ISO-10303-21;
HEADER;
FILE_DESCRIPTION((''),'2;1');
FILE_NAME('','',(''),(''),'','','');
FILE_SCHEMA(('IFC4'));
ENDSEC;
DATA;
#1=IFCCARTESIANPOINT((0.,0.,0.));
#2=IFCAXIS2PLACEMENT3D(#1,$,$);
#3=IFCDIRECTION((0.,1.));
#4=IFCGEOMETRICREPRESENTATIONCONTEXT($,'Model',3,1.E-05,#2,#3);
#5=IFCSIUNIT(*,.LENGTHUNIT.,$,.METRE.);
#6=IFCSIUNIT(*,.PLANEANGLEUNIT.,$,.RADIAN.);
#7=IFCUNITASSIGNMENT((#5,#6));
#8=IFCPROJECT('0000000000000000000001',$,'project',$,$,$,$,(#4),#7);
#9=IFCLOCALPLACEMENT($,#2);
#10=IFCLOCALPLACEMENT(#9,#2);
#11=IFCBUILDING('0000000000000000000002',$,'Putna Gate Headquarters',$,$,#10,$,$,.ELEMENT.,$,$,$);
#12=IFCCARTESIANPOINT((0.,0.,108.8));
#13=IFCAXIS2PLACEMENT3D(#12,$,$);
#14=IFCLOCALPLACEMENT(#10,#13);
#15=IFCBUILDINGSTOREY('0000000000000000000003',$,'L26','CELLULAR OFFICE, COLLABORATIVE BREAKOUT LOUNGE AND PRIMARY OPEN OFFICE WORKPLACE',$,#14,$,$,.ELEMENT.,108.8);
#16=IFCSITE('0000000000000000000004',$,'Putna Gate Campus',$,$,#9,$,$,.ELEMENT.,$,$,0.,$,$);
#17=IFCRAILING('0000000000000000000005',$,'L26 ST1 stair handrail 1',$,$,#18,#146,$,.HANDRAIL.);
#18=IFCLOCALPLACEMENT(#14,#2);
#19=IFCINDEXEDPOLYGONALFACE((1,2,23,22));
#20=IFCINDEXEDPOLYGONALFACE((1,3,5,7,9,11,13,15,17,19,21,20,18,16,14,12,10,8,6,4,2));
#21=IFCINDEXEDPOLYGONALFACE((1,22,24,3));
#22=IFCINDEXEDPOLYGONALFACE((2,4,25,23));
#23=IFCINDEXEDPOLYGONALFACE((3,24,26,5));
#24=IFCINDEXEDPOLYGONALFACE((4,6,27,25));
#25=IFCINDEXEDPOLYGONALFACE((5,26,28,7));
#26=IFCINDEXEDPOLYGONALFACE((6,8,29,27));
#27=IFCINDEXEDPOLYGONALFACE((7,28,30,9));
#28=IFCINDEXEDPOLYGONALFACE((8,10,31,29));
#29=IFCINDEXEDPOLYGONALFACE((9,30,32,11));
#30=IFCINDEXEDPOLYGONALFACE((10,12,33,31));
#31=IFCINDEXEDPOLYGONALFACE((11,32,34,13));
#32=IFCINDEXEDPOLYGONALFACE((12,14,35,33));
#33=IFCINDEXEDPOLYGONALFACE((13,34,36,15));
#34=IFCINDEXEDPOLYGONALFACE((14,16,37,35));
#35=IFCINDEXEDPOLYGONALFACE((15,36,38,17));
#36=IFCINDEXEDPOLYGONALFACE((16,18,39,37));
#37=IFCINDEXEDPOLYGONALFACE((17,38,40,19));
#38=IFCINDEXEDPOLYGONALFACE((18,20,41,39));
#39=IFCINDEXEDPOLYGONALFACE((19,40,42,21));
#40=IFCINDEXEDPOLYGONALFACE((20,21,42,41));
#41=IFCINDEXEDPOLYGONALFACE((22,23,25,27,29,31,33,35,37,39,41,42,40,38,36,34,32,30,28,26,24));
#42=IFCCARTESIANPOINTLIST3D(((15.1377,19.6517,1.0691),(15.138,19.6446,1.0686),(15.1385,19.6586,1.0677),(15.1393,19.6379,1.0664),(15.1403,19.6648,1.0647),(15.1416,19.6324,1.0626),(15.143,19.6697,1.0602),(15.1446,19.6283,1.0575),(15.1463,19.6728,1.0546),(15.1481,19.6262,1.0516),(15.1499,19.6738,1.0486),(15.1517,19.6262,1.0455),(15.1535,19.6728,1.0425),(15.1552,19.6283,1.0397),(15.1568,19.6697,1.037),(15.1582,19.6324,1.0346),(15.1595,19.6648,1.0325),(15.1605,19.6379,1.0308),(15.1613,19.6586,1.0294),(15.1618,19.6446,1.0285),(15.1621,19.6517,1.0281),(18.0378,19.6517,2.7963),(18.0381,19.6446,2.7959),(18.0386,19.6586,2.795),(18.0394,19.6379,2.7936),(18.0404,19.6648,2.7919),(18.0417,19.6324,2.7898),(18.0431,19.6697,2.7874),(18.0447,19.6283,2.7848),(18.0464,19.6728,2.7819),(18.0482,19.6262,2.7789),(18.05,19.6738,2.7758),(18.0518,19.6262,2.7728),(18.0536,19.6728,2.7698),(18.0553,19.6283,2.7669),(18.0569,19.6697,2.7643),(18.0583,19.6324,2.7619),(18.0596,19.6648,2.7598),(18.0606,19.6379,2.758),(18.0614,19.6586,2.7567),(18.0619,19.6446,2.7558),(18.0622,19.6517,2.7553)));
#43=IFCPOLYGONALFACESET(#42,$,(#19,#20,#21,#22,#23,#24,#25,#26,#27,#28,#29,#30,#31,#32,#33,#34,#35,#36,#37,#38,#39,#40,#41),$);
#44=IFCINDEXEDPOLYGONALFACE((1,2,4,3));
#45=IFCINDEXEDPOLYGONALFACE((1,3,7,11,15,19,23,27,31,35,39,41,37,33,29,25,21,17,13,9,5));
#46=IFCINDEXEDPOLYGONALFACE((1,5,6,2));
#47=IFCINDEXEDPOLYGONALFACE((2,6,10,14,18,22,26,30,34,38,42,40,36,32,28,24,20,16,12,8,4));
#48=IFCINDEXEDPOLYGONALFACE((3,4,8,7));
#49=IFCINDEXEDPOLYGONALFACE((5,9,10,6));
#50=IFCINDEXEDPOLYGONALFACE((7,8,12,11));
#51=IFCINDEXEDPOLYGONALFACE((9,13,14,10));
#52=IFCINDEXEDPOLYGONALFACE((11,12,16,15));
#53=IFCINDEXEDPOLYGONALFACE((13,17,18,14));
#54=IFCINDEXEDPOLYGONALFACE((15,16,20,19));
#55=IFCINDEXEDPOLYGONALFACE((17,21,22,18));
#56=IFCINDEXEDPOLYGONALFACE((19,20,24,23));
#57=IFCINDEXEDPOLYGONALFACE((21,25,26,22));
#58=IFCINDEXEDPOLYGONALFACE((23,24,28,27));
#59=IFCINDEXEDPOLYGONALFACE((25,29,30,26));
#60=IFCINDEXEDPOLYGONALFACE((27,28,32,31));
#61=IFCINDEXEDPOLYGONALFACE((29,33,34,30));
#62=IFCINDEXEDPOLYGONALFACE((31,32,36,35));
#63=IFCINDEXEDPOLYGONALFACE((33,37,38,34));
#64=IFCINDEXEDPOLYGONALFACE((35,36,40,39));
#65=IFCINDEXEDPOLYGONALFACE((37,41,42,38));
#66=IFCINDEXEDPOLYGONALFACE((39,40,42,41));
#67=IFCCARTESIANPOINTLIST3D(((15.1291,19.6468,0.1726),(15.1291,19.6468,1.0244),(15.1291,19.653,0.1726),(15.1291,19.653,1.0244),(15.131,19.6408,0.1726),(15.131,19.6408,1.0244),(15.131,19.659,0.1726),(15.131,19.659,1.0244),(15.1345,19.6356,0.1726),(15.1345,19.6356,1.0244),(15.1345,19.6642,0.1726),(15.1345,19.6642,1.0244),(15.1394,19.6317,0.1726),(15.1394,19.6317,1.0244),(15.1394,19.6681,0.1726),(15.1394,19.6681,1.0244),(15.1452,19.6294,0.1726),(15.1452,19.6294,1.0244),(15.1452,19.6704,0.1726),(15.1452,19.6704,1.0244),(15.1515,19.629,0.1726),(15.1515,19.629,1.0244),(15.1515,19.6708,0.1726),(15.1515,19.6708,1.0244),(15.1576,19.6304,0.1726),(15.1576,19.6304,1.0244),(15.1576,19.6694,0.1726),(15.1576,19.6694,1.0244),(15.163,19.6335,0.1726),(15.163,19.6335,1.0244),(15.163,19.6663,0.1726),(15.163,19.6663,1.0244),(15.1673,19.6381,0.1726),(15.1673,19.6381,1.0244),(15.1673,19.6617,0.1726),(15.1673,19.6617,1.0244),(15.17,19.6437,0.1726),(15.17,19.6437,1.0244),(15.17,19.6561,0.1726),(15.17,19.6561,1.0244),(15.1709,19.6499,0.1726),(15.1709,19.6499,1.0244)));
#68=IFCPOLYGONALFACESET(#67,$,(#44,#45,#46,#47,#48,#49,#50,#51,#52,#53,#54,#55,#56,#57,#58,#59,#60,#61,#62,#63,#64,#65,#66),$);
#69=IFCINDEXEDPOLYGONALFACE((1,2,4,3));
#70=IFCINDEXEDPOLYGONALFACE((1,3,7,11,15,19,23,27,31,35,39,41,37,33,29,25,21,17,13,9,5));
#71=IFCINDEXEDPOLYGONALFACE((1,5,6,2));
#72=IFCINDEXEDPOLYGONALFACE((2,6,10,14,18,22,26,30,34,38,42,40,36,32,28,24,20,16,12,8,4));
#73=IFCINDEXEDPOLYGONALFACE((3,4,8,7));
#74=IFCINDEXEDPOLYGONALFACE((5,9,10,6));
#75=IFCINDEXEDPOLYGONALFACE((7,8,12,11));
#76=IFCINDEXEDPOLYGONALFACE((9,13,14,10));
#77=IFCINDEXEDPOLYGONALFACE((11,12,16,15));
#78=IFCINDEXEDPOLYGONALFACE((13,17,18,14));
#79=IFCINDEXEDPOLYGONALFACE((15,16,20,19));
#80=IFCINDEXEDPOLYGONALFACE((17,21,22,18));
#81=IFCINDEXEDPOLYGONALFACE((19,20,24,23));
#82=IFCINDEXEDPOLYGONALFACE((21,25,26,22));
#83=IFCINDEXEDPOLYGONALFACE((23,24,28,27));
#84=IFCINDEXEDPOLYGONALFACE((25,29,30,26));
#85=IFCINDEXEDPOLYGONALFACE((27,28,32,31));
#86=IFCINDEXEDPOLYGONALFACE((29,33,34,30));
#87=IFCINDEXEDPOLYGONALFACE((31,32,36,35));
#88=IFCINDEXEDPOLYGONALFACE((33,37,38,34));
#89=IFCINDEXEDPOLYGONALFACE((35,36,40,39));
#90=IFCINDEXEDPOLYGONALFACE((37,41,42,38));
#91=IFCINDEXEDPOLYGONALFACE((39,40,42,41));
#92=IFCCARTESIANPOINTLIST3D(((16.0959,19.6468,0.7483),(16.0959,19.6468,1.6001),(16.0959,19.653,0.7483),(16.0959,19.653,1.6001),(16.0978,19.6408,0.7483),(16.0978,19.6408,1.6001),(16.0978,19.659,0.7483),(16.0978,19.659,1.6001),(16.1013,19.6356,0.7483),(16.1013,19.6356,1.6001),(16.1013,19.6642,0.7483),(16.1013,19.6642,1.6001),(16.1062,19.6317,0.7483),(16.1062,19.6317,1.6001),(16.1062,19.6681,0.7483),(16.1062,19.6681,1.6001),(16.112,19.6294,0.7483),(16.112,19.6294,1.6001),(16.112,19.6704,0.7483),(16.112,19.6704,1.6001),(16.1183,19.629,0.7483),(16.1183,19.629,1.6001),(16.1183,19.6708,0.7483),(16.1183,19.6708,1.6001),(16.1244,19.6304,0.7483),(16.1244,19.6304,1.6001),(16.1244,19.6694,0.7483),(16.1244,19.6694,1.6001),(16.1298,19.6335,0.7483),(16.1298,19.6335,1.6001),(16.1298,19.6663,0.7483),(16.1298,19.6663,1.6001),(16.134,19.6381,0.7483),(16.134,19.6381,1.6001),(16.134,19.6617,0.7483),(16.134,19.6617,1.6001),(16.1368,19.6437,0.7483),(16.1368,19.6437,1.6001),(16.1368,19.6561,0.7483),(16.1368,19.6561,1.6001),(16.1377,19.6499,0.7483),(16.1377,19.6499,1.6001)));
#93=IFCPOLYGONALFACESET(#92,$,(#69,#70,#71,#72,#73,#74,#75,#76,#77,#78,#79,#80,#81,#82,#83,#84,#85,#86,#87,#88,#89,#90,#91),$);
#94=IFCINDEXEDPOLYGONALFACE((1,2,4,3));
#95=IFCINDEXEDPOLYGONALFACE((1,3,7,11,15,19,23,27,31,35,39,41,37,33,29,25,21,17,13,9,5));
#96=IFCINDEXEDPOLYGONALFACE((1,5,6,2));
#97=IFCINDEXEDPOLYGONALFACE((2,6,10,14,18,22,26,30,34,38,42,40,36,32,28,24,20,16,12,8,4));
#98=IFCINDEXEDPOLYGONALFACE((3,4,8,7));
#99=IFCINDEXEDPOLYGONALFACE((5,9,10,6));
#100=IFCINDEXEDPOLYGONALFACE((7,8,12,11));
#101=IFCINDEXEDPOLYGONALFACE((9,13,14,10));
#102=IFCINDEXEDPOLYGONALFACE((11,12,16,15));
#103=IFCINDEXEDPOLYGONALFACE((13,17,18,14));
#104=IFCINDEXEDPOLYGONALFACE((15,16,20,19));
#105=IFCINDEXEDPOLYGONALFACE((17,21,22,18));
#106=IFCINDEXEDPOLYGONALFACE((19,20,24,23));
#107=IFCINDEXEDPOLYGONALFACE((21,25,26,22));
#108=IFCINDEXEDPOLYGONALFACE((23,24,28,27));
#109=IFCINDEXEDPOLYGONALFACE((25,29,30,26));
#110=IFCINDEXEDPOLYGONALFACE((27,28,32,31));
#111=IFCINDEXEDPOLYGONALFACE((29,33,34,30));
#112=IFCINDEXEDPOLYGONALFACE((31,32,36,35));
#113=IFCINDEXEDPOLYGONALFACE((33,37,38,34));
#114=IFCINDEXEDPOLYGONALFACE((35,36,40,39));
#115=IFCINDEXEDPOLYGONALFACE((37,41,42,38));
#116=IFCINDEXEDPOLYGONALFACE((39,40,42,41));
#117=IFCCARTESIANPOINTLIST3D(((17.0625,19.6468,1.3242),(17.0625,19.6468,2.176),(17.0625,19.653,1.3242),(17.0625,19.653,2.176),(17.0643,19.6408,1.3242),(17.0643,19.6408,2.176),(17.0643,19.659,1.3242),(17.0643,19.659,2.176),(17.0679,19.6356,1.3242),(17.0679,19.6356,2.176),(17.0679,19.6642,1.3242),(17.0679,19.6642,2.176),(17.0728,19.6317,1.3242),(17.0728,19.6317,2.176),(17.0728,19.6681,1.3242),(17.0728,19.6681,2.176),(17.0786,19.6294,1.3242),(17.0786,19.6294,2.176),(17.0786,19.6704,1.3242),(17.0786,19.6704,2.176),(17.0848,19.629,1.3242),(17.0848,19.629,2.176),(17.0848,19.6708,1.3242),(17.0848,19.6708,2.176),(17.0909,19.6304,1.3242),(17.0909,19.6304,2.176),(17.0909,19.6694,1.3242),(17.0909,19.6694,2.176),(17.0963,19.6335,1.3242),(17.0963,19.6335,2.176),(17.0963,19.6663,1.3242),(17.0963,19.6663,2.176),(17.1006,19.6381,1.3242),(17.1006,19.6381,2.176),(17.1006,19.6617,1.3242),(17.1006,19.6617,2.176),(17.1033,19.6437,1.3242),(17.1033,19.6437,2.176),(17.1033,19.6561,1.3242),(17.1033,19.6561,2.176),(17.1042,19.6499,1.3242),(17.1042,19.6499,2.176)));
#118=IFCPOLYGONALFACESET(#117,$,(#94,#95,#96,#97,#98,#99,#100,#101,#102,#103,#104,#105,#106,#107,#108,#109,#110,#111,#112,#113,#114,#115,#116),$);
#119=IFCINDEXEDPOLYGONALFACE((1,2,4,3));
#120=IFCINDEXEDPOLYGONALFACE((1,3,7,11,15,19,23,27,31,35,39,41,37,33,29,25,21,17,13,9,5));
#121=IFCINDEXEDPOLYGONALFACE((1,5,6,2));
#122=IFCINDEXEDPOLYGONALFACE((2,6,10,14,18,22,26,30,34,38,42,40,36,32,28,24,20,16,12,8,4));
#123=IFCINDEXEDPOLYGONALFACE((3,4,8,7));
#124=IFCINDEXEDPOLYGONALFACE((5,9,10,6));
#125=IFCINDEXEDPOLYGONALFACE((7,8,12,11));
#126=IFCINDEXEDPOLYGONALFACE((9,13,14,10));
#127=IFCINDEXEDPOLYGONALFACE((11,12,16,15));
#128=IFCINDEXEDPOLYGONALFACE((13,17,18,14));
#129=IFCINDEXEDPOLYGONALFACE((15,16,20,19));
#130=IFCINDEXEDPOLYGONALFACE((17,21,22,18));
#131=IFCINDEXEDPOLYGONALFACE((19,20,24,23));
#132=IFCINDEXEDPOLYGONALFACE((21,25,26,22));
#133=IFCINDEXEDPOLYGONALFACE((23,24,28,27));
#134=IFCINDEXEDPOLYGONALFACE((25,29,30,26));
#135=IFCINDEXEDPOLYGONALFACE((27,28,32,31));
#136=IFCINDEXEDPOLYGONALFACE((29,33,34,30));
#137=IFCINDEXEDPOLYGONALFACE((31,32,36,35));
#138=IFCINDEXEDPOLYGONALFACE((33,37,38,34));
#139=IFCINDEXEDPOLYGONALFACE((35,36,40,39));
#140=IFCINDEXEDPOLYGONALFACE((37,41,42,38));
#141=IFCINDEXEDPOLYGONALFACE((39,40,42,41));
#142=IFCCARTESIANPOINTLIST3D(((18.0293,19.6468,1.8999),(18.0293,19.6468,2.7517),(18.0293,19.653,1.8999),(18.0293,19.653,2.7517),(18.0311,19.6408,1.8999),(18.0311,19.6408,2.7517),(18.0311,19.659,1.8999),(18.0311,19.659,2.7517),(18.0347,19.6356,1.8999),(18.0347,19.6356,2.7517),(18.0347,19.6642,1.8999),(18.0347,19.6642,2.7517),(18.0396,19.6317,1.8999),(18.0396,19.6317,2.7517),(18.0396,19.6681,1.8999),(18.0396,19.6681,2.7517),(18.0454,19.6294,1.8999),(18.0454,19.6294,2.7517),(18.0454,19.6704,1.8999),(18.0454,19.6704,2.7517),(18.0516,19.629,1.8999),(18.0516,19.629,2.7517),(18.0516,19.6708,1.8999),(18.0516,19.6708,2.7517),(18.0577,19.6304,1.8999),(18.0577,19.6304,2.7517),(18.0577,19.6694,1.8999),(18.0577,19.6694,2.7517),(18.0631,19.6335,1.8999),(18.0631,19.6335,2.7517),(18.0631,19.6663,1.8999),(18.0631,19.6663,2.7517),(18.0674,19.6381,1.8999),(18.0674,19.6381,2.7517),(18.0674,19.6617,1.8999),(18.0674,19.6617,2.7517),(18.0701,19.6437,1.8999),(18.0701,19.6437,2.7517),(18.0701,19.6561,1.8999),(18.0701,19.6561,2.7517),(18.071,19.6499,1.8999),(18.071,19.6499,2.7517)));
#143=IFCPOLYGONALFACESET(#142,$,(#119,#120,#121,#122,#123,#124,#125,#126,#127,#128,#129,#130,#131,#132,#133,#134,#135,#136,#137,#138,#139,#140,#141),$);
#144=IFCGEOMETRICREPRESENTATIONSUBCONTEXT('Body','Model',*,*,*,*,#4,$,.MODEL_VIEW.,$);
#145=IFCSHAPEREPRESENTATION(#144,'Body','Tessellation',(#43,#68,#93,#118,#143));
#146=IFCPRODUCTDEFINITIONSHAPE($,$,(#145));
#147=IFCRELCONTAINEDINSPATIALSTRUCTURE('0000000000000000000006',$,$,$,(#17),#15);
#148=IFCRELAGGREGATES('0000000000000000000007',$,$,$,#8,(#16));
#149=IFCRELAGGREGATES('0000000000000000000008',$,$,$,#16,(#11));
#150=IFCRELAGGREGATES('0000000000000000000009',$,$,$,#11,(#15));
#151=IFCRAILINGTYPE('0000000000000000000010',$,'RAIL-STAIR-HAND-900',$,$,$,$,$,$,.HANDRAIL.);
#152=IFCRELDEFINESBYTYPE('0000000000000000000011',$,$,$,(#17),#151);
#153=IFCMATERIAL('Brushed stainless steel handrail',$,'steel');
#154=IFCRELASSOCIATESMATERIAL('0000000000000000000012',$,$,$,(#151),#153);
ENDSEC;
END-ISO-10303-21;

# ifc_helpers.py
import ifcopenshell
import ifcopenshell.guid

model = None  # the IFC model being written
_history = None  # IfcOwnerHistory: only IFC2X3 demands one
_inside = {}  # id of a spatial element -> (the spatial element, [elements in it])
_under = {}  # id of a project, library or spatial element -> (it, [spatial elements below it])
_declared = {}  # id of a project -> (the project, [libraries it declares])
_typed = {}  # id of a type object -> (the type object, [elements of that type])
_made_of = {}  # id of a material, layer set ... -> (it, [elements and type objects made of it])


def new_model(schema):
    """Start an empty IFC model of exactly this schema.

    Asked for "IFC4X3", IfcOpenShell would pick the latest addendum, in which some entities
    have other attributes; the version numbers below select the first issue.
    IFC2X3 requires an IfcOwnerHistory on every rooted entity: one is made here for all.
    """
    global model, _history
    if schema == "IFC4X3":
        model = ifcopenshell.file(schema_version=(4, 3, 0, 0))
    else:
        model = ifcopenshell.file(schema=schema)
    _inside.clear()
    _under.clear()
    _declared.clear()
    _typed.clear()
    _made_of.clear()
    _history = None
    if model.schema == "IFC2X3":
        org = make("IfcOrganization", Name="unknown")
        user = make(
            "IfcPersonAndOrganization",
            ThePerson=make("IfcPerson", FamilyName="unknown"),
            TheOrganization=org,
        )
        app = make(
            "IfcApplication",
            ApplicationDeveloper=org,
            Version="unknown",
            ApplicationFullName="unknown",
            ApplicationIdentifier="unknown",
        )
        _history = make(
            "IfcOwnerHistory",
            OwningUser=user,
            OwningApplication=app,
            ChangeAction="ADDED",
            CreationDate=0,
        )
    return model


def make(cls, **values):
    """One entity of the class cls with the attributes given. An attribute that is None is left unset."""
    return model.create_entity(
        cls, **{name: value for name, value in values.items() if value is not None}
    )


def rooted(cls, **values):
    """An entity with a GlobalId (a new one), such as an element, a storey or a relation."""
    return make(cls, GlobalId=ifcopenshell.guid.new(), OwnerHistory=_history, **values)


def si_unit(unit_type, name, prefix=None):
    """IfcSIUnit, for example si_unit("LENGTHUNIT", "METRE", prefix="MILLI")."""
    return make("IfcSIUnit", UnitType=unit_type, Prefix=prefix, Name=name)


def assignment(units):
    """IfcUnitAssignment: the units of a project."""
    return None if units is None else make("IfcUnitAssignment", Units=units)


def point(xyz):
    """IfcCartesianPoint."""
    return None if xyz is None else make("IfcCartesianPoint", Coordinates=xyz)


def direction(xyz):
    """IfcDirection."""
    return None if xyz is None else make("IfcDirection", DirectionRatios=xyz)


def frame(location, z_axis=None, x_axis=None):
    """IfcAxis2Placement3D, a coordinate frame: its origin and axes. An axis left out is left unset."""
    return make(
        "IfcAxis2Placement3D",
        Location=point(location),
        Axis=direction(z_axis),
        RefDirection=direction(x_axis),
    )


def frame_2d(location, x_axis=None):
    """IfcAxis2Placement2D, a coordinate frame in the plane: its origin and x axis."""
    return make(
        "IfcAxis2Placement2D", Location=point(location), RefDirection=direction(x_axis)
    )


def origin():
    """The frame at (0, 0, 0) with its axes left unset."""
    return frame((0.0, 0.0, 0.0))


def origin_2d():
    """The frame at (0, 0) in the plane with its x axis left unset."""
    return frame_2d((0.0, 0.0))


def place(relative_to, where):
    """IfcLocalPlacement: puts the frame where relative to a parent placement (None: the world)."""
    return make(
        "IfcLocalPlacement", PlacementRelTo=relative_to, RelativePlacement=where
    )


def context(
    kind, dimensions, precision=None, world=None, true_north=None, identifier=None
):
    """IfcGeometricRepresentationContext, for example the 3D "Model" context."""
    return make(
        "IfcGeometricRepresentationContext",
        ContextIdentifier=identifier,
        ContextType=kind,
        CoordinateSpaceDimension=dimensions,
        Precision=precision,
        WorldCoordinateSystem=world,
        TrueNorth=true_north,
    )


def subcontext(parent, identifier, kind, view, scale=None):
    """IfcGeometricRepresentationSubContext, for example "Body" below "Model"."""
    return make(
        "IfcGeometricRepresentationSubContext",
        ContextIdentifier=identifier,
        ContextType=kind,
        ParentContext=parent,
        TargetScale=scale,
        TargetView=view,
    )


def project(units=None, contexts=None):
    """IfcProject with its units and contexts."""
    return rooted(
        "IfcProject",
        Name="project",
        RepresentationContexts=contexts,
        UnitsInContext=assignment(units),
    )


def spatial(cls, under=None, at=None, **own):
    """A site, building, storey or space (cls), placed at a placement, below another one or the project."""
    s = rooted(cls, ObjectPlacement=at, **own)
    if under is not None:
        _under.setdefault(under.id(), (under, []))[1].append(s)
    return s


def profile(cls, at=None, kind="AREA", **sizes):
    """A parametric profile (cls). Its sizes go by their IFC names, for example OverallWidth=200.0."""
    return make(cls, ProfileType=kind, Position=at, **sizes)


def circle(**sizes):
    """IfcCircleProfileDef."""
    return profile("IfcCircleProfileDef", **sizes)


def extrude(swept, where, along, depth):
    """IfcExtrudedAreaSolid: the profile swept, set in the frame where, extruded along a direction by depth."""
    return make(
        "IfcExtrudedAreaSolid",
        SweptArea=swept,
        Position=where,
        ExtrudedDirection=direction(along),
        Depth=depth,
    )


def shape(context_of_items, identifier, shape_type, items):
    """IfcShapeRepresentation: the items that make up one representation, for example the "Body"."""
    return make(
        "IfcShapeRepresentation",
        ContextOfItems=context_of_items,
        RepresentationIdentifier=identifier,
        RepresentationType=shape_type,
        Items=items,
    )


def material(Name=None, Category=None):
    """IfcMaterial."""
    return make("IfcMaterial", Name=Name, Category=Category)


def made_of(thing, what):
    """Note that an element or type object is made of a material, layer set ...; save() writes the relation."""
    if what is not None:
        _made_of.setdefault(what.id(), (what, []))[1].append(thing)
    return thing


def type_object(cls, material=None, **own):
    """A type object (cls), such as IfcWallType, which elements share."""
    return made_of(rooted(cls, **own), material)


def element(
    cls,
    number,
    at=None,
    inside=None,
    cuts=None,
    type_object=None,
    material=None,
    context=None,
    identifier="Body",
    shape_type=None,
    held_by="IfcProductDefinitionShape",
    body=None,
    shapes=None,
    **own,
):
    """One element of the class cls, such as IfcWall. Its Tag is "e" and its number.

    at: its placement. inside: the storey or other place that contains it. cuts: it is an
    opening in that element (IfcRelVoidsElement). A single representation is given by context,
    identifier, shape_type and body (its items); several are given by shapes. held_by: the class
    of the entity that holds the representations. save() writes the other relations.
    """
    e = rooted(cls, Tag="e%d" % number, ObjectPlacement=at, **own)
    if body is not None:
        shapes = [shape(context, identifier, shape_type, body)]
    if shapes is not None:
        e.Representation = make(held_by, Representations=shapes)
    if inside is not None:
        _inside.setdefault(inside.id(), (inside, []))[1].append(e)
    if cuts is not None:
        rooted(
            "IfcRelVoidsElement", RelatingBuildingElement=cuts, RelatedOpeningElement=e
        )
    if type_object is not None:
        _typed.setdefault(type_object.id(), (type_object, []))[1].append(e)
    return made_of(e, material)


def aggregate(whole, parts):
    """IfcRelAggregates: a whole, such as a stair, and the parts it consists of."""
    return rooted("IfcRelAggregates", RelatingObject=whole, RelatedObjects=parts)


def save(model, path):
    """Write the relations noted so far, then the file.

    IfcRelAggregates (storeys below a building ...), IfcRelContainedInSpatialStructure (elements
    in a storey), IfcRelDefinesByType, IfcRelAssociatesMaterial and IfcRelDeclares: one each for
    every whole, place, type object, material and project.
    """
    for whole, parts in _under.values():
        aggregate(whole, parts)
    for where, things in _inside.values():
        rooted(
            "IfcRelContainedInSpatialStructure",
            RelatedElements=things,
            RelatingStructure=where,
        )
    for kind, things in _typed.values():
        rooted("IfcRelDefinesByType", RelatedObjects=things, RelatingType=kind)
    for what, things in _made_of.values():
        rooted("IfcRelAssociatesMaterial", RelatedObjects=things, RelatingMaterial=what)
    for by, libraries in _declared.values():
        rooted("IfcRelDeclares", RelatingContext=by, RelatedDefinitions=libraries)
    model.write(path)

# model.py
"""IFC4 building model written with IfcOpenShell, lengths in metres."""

from ifc_helpers import new_model, si_unit, direction, frame, origin, origin_2d, place, context, subcontext, project, spatial, circle, extrude, material, type_object, element, save


model = new_model("IFC4")

# Units and contexts
model_context = context("Model", 3, precision=1e-05, world=origin(), true_north=direction((0.0, 1.0)))
body_context = subcontext(model_context, "Body", "Model", "MODEL_VIEW")
ifc_project = project(units=[si_unit("LENGTHUNIT", "METRE"), si_unit("PLANEANGLEUNIT", "RADIAN")], contexts=[model_context])

# Site, building, storey
site_placement = place(None, origin())
site = spatial("IfcSite", under=ifc_project, at=site_placement, Name="Putna Gate Campus", CompositionType="ELEMENT", RefElevation=0.0)
building_placement = place(site_placement, origin())
building = spatial("IfcBuilding", under=site, at=building_placement, Name="Putna Gate Headquarters", CompositionType="ELEMENT")
storey_placement = place(building_placement, frame((0.0, 0.0, 108.8)))
storey = spatial("IfcBuildingStorey", under=building, at=storey_placement, Name="L26", Description="CELLULAR OFFICE, COLLABORATIVE BREAKOUT LOUNGE AND PRIMARY OPEN OFFICE WORKPLACE", CompositionType="ELEMENT", Elevation=108.8)

# Railing
ifc_material_1 = material(Name="Brushed stainless steel handrail", Category="steel")
railing_type_1 = type_object("IfcRailingType", Name="RAIL-STAIR-HAND-900", PredefinedType="HANDRAIL", material=ifc_material_1)
railing_1_placement = place(storey_placement, frame((15.1499, 19.6499, 0.1726)))
element("IfcRailing", 1, at=railing_1_placement, inside=storey, type_object=railing_type_1, Name="L26 ST1 stair handrail 1", PredefinedType="HANDRAIL", context=body_context, shape_type="SweptSolid", body=[
    extrude(circle(Radius=0.0239, at=origin_2d()), frame((0.0, 0.0, 0.876), z_axis=(0.85916, 0.0, 0.511706), x_axis=(0.0, 1.0, 0.0)), (0.0, 0.0, 1.0), 3.3755),
    extrude(circle(Radius=0.021, at=origin_2d()), origin(), (0.0, 0.0, 1.0), 0.8518),
    extrude(circle(Radius=0.021, at=origin_2d()), frame((0.9668, 0.0, 0.5757)), (0.0, 0.0, 1.0), 0.8518),
    extrude(circle(Radius=0.021, at=origin_2d()), frame((1.9333, 0.0, 1.1516)), (0.0, 0.0, 1.0), 0.8518),
    extrude(circle(Radius=0.021, at=origin_2d()), frame((2.9001, 0.0, 1.7273)), (0.0, 0.0, 1.0), 0.8518),
])

save(model, "model.ifc")
